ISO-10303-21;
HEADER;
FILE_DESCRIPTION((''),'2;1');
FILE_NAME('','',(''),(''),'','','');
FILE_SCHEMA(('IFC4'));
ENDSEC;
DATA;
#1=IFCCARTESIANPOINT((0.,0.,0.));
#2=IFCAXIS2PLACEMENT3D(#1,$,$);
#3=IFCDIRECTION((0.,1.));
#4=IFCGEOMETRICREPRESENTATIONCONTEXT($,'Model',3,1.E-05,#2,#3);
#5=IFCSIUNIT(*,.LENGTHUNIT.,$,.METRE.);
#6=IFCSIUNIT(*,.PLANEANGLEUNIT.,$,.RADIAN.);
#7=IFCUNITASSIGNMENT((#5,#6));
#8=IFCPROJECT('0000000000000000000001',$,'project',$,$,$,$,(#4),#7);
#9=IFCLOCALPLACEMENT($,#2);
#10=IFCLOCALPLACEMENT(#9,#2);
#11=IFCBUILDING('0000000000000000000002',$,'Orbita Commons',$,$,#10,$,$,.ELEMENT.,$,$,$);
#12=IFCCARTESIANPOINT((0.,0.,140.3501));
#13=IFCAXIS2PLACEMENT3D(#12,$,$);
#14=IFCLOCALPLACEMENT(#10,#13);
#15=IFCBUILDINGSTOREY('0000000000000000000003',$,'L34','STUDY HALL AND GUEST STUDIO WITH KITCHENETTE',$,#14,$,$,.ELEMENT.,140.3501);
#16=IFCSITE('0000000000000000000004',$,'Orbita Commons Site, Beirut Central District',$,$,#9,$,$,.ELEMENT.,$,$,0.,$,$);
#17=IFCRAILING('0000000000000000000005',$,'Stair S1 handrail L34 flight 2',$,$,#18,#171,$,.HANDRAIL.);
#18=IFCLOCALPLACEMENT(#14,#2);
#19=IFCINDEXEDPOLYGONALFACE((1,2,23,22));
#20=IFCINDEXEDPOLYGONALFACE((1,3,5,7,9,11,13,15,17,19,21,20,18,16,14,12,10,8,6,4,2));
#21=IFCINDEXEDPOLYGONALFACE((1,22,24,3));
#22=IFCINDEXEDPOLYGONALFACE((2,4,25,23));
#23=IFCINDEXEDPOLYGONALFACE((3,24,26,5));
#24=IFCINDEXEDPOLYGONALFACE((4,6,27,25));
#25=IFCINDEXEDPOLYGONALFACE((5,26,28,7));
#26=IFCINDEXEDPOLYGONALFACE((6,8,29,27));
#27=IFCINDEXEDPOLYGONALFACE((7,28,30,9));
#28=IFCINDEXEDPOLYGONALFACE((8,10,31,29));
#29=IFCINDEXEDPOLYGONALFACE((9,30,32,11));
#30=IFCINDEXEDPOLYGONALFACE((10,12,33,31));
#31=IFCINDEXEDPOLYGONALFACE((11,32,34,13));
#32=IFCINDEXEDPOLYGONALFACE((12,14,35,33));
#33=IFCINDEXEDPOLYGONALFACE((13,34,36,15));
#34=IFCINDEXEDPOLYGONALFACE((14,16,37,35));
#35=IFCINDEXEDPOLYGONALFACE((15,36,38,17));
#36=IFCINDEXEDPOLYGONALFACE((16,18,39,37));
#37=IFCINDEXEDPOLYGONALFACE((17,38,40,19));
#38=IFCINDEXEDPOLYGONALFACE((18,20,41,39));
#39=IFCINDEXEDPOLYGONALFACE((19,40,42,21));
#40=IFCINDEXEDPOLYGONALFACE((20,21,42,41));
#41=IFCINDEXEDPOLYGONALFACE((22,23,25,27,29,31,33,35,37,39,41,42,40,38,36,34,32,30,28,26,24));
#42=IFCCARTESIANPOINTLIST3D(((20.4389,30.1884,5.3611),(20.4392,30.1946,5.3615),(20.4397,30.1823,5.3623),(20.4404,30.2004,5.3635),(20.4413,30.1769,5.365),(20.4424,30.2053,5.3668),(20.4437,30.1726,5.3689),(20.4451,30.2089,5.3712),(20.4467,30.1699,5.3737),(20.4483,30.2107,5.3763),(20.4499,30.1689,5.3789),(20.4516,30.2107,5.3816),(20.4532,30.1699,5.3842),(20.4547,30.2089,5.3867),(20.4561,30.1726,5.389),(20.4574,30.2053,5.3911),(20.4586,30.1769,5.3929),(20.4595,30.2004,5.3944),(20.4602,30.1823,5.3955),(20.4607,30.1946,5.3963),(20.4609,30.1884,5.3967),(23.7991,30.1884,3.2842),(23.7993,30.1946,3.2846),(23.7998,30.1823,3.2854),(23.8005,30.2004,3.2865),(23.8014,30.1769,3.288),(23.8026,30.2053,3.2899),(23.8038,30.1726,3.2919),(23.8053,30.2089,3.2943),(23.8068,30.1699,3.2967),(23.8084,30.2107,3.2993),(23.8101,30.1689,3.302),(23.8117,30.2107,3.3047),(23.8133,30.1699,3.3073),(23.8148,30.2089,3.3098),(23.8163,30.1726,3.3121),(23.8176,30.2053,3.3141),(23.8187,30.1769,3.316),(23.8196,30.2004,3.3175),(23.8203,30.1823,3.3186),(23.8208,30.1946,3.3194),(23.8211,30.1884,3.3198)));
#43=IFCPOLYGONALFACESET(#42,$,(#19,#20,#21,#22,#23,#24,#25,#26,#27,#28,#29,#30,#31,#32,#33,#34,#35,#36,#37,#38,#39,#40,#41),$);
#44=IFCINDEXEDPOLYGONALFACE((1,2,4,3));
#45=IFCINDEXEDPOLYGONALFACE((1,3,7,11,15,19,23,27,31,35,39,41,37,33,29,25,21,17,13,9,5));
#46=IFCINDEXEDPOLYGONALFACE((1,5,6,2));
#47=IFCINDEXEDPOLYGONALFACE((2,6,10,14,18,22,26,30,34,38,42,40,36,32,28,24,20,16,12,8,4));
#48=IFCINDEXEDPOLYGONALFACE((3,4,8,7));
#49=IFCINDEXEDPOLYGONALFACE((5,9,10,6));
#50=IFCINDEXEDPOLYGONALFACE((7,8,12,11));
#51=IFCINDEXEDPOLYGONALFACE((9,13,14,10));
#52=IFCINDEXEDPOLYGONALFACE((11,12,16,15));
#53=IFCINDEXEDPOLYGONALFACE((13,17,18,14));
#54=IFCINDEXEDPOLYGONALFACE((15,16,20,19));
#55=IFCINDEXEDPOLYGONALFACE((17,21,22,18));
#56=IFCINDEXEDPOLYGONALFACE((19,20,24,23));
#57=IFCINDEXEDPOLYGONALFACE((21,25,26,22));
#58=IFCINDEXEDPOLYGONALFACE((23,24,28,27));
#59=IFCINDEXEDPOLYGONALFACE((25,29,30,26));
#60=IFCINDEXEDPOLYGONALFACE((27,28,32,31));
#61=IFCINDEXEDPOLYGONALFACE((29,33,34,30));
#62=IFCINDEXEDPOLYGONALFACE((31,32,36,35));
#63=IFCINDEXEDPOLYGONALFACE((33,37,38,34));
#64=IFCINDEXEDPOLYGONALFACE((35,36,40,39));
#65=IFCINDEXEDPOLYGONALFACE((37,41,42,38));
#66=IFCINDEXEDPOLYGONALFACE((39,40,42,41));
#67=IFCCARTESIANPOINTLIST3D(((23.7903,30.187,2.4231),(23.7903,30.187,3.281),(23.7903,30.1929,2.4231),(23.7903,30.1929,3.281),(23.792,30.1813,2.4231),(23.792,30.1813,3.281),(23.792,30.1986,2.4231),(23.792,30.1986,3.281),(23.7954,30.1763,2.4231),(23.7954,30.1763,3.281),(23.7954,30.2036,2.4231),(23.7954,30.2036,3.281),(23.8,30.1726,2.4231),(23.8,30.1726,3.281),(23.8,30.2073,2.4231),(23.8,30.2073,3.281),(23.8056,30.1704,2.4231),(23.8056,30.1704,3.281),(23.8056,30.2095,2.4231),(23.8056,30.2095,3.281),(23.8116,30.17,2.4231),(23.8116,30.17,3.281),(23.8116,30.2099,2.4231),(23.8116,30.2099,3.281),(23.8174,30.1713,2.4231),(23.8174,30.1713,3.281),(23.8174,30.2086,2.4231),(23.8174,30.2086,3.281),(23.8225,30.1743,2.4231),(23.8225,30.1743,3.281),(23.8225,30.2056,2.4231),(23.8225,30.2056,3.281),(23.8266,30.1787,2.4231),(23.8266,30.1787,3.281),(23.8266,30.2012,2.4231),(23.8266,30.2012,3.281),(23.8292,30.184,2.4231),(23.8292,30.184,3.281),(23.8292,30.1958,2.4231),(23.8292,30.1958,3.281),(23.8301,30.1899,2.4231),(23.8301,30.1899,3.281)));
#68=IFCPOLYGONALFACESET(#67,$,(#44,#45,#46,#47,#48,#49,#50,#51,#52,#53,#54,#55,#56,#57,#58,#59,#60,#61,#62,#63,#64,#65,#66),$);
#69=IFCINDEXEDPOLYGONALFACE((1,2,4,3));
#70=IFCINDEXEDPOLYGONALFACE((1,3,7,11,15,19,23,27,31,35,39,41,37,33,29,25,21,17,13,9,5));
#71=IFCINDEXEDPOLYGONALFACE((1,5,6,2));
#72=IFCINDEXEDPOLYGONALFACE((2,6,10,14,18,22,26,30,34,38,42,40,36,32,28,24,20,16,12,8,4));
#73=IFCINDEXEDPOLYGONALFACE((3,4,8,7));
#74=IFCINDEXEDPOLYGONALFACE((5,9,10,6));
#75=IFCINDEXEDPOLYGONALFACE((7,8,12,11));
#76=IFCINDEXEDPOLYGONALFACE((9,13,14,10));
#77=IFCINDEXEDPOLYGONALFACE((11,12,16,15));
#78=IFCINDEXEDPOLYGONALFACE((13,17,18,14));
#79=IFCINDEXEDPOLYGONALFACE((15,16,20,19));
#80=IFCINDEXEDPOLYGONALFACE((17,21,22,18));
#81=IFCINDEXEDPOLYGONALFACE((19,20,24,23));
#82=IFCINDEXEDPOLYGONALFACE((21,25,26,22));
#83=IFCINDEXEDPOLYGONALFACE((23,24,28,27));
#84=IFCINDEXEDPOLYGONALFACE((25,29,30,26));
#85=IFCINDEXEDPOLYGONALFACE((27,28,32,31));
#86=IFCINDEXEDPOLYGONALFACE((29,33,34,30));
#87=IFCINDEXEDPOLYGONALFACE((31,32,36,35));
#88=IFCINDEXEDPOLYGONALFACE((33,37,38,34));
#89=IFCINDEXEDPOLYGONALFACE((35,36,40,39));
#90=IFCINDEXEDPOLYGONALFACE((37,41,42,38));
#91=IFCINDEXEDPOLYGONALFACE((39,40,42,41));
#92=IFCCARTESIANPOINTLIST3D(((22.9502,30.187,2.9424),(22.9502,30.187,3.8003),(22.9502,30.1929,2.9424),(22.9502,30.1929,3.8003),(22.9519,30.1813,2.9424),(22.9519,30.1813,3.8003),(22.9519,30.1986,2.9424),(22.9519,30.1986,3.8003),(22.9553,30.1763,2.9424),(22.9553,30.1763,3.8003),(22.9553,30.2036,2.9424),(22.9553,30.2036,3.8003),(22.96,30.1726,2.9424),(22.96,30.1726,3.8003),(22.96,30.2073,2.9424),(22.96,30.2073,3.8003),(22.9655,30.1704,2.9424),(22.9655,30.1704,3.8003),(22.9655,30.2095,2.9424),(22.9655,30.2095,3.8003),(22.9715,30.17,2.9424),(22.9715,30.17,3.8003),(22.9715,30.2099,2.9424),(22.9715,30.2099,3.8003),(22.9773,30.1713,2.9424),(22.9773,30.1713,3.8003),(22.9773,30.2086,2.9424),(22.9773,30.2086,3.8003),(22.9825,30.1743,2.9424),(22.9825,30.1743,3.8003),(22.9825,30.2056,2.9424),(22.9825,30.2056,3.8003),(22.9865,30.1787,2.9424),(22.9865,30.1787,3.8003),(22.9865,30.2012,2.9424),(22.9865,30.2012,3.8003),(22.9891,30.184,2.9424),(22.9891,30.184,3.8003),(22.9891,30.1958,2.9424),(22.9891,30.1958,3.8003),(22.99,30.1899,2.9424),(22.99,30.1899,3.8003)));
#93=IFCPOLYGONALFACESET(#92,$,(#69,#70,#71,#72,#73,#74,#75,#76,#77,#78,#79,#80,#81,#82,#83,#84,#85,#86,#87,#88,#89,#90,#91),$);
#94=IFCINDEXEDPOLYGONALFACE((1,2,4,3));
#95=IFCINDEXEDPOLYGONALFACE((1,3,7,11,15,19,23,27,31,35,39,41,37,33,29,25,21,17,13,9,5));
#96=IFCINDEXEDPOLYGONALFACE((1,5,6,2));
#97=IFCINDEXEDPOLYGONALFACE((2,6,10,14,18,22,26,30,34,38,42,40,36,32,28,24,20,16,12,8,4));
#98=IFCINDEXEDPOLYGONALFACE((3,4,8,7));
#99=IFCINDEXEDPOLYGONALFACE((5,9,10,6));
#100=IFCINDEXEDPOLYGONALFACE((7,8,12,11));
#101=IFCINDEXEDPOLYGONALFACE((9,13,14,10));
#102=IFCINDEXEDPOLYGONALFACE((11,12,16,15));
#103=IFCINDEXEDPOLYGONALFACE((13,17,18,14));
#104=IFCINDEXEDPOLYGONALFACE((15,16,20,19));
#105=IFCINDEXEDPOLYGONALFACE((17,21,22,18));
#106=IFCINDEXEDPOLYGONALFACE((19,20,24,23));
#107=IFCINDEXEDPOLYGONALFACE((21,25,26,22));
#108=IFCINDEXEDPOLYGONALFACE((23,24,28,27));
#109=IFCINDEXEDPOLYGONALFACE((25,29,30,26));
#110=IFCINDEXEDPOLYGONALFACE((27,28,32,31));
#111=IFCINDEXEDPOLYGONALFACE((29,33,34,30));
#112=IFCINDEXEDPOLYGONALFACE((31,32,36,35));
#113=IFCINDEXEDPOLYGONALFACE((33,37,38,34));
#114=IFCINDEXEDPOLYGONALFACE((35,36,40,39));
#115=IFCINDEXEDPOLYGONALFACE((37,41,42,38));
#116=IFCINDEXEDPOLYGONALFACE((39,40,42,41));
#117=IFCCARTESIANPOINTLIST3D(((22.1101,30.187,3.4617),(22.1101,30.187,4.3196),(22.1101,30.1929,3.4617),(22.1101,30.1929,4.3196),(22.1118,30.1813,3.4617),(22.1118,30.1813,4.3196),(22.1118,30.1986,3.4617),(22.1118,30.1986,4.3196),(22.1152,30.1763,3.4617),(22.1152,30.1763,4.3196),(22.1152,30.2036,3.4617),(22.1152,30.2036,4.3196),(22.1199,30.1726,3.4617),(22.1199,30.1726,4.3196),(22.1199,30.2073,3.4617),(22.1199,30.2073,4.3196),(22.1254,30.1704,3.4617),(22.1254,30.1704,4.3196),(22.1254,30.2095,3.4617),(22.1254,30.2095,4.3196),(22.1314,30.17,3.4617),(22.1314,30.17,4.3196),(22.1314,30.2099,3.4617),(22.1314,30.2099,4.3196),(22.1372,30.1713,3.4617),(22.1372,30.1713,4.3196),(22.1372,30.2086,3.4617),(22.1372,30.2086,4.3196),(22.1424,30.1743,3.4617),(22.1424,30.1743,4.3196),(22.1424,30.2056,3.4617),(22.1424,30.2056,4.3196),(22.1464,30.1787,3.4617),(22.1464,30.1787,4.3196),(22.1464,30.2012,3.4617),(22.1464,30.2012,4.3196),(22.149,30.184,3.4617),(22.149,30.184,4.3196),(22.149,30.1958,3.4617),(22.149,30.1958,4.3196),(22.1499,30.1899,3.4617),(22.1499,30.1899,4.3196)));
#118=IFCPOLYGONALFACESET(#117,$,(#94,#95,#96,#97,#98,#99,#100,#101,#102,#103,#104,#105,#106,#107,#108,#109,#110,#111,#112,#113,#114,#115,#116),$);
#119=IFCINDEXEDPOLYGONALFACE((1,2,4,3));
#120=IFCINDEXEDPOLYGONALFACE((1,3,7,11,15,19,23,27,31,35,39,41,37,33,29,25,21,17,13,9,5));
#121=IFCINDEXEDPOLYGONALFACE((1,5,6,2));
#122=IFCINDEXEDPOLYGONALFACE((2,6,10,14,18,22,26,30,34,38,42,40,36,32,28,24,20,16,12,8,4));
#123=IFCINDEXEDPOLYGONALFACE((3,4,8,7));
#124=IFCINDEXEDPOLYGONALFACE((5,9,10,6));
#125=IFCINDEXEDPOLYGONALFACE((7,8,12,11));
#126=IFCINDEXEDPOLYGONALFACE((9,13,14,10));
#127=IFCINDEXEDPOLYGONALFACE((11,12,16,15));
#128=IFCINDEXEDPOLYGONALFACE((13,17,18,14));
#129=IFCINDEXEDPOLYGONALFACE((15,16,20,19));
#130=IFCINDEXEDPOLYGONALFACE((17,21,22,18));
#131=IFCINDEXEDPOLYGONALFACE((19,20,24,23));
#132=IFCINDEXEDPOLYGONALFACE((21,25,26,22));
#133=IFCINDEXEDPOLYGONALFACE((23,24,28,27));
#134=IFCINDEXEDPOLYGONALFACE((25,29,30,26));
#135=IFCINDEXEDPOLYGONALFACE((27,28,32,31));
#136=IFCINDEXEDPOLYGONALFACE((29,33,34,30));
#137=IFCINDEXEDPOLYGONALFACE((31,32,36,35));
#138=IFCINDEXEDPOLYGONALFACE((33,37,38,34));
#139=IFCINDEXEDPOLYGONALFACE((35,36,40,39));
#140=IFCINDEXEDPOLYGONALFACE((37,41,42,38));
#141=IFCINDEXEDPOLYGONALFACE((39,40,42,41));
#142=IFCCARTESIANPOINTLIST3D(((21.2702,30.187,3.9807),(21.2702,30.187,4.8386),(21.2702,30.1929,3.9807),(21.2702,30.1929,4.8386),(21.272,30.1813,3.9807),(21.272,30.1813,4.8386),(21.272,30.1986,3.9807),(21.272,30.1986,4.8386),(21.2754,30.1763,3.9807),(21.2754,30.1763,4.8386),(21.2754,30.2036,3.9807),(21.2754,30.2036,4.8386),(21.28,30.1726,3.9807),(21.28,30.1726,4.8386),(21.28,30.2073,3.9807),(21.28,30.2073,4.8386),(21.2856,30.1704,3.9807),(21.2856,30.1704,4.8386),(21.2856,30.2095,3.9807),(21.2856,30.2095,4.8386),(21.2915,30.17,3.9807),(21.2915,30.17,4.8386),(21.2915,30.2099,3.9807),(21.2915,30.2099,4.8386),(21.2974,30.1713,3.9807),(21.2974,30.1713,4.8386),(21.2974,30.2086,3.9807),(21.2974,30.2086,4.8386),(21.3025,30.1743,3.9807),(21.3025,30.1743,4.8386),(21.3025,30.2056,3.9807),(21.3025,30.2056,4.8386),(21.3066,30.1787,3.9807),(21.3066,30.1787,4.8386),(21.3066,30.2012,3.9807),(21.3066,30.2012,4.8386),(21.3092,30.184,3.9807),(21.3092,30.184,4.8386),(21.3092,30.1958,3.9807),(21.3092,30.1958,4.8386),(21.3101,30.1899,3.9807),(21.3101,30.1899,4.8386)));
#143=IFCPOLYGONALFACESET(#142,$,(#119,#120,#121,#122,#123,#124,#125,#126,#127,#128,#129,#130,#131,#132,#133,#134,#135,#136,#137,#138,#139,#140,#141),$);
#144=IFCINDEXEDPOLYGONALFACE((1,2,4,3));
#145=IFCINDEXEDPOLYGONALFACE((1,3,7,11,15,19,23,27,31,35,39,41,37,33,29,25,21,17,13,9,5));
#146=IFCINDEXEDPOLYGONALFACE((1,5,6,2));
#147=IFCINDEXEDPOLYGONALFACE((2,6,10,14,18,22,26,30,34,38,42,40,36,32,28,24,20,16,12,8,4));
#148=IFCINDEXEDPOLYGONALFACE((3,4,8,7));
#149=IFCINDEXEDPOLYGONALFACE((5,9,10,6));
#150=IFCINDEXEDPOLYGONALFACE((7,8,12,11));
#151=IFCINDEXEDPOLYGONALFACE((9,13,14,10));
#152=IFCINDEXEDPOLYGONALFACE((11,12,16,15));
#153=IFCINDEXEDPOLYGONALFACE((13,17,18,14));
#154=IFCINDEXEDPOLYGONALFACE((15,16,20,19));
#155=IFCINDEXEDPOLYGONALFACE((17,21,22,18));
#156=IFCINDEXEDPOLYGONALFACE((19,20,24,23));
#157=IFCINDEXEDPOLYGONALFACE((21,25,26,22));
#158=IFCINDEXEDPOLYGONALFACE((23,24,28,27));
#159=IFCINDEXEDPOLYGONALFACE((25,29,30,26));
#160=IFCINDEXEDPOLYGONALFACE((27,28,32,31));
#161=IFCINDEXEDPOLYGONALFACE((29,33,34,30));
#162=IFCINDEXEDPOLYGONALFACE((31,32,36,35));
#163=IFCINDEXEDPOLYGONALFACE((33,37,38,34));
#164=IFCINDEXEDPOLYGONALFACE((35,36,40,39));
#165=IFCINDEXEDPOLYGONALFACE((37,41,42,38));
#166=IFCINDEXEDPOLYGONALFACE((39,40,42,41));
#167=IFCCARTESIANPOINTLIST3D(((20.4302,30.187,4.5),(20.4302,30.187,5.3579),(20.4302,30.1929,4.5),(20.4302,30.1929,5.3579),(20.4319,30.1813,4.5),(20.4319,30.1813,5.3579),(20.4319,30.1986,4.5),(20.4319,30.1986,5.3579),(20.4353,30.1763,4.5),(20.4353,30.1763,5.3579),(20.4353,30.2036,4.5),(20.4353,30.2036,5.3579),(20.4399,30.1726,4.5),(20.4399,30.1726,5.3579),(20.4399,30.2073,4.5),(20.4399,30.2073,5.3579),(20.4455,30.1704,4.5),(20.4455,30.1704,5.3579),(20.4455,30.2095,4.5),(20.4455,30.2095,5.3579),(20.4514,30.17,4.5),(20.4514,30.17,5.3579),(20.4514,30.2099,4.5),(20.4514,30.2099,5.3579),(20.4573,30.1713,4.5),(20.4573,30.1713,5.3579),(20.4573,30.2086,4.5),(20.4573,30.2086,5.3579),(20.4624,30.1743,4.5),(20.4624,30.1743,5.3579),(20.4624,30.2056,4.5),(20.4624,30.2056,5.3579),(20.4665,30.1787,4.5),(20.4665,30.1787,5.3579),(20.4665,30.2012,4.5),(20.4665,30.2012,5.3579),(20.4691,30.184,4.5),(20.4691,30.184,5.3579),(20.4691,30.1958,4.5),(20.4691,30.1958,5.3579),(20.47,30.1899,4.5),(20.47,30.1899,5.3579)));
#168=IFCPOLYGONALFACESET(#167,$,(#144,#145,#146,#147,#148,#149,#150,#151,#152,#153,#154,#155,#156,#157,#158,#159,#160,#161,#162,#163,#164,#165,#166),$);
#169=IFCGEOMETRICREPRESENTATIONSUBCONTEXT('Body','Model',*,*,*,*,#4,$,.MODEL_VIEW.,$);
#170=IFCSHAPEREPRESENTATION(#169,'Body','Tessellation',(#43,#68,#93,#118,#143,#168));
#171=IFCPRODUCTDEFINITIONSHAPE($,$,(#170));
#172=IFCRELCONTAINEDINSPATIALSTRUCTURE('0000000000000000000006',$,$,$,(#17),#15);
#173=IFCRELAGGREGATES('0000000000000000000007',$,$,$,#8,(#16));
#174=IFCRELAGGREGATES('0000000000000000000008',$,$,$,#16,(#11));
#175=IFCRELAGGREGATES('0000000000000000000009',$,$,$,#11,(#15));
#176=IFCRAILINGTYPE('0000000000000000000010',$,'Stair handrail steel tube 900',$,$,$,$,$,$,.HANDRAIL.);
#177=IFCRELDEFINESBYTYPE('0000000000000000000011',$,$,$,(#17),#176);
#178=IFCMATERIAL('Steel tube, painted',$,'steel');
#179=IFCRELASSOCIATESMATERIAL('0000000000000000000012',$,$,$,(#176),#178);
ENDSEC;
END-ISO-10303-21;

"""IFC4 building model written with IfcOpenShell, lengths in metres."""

from ifc_helpers import new_model, si_unit, direction, frame, origin, origin_2d, place, context, subcontext, project, spatial, circle, extrude, material, type_object, element, save


model = new_model("IFC4")

# Units and contexts
model_context = context("Model", 3, precision=1e-05, world=origin(), true_north=direction((0.0, 1.0)))
body_context = subcontext(model_context, "Body", "Model", "MODEL_VIEW")
ifc_project = project(units=[si_unit("LENGTHUNIT", "METRE"), si_unit("PLANEANGLEUNIT", "RADIAN")], contexts=[model_context])

# Site, building, storey
site_placement = place(None, origin())
site = spatial("IfcSite", under=ifc_project, at=site_placement, Name="Orbita Commons Site, Beirut Central District", CompositionType="ELEMENT", RefElevation=0.0)
building_placement = place(site_placement, origin())
building = spatial("IfcBuilding", under=site, at=building_placement, Name="Orbita Commons", CompositionType="ELEMENT")
storey_placement = place(building_placement, frame((0.0, 0.0, 140.3501)))
storey = spatial("IfcBuildingStorey", under=building, at=storey_placement, Name="L34", Description="STUDY HALL AND GUEST STUDIO WITH KITCHENETTE", CompositionType="ELEMENT", Elevation=140.3501)

# Railing
ifc_material = material(Name="Steel tube, painted", Category="steel")
railing_type = type_object("IfcRailingType", Name="Stair handrail steel tube 900", PredefinedType="HANDRAIL", material=ifc_material)
for number, where, name in (
    (1, (23.8101, 30.1899, 2.4231), "Stair S1 handrail L34 flight 2"),
):
    element("IfcRailing", number, at=place(storey_placement, frame(where)), inside=storey, type_object=railing_type, Name=name, PredefinedType="HANDRAIL", context=body_context, shape_type="SweptSolid", body=[
        extrude(circle(Radius=0.021, at=origin_2d()), frame((0.0, 0.0, 0.8789), z_axis=(-0.850623, 0.0, 0.525776), x_axis=(0.0, -1.0, 0.0)), (0.0, 0.0, 1.0), 3.9502),
        extrude(circle(Radius=0.02, at=origin_2d()), origin(), (0.0, 0.0, 1.0), 0.8579),
        extrude(circle(Radius=0.02, at=origin_2d()), frame((-0.8401, 0.0, 0.5193)), (0.0, 0.0, 1.0), 0.8579),
        extrude(circle(Radius=0.02, at=origin_2d()), frame((-1.6802, 0.0, 1.0386)), (0.0, 0.0, 1.0), 0.8579),
        extrude(circle(Radius=0.02, at=origin_2d()), frame((-2.52, 0.0, 1.5576)), (0.0, 0.0, 1.0), 0.8579),
        extrude(circle(Radius=0.02, at=origin_2d()), frame((-3.3601, 0.0, 2.0769)), (0.0, 0.0, 1.0), 0.8579),
    ])

save(model, "model.ifc")
